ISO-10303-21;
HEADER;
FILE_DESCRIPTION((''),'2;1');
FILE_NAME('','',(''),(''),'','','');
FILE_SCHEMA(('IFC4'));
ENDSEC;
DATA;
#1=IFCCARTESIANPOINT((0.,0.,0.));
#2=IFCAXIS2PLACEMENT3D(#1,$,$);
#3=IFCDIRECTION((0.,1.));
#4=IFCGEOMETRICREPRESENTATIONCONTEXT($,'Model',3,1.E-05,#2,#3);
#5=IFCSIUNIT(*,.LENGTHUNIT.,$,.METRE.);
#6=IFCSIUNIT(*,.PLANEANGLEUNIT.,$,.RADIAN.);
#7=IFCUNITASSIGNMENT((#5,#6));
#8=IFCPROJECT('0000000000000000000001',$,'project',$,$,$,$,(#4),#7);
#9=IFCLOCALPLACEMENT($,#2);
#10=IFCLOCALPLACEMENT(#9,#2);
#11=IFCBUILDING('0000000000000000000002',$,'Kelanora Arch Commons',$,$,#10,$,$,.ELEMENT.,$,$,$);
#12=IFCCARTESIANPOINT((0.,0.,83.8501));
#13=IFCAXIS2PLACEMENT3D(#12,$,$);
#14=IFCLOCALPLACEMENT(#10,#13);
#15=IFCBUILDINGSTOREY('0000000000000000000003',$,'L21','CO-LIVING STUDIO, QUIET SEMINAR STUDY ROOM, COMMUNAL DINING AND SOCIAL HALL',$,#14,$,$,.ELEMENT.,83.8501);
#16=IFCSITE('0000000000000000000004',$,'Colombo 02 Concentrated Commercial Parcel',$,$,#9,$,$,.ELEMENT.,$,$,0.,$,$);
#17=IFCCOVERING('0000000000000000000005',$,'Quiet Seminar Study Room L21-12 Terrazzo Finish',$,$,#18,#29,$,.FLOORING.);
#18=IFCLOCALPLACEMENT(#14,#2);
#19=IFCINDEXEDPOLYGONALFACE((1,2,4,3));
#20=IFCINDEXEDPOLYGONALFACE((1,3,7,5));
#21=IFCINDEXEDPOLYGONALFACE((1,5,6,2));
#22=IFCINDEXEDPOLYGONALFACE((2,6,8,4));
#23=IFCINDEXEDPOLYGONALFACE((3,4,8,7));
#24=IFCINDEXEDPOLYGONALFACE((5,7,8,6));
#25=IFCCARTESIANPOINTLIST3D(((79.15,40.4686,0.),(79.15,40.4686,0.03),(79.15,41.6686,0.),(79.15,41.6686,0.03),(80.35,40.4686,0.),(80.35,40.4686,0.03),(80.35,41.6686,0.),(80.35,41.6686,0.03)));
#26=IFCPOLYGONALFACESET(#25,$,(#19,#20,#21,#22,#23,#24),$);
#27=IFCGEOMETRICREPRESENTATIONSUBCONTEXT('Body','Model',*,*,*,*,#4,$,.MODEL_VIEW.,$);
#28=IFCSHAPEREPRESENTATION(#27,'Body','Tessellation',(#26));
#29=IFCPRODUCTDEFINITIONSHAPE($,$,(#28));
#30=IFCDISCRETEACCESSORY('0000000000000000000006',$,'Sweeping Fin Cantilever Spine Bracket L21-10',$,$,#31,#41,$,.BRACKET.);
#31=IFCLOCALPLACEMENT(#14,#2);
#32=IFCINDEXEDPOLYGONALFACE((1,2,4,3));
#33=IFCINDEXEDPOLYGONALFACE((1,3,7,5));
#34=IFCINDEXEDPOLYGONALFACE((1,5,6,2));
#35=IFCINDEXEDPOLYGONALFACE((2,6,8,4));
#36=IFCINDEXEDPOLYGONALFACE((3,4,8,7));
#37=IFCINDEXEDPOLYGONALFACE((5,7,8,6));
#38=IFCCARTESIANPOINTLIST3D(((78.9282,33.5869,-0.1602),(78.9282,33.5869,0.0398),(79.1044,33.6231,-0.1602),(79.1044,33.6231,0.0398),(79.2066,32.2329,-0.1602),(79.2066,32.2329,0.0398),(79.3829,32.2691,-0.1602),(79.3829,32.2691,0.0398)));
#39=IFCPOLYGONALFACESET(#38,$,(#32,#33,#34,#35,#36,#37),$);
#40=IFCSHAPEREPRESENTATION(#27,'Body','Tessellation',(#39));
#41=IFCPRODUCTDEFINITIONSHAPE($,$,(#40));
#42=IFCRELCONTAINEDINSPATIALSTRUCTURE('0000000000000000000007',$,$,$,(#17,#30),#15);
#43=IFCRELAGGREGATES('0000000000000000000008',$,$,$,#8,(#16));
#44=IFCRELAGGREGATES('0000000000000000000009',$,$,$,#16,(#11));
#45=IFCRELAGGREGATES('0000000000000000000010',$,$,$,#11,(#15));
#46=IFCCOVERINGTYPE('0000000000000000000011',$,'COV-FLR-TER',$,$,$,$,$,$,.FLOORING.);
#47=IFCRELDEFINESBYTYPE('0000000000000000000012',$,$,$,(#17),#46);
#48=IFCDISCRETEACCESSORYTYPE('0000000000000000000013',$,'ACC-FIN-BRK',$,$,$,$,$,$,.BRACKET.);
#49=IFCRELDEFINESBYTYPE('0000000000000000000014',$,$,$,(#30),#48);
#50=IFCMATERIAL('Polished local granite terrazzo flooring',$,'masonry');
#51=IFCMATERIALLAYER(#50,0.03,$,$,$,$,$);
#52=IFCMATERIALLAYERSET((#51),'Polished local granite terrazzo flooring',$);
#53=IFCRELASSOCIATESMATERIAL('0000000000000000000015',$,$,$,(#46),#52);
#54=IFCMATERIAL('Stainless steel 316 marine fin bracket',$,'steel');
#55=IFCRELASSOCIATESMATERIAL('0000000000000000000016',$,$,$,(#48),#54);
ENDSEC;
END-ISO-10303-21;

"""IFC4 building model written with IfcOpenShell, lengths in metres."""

from ifc_helpers import new_model, si_unit, direction, frame, origin, origin_2d, place, context, subcontext, project, spatial, rectangle, extrude, source, transform, mapped, material, layer, layer_set, type_object, element, save


model = new_model("IFC4")

# Units and contexts
model_context = context("Model", 3, precision=1e-05, world=origin(), true_north=direction((0.0, 1.0)))
body_context = subcontext(model_context, "Body", "Model", "MODEL_VIEW")
ifc_project = project(units=[si_unit("LENGTHUNIT", "METRE"), si_unit("PLANEANGLEUNIT", "RADIAN")], contexts=[model_context])

# Site, building, storey
site_placement = place(None, origin())
site = spatial("IfcSite", under=ifc_project, at=site_placement, Name="Colombo 02 Concentrated Commercial Parcel", CompositionType="ELEMENT", RefElevation=0.0)
building_placement = place(site_placement, origin())
building = spatial("IfcBuilding", under=site, at=building_placement, Name="Kelanora Arch Commons", CompositionType="ELEMENT")
storey_placement = place(building_placement, frame((0.0, 0.0, 83.8501)))
storey = spatial("IfcBuildingStorey", under=building, at=storey_placement, Name="L21", Description="CO-LIVING STUDIO, QUIET SEMINAR STUDY ROOM, COMMUNAL DINING AND SOCIAL HALL", CompositionType="ELEMENT", Elevation=83.8501)

# Covering
ifc_material_1 = material(Name="Polished local granite terrazzo flooring", Category="masonry")
ifc_layer_1 = layer(ifc_material_1, 0.03)
ifc_layer_set_1 = layer_set([ifc_layer_1], Name="Polished local granite terrazzo flooring")
covering_type = type_object("IfcCoveringType", Name="COV-FLR-TER", PredefinedType="FLOORING", material=ifc_layer_set_1)
shared_shape_1 = source(origin(), body_context, "Body", "SweptSolid", [
    extrude(rectangle(XDim=1.2, YDim=1.2, at=origin_2d()), origin(), (0.0, 0.0, 1.0), 0.03),
])
covering_placement = place(storey_placement, frame((79.75, 41.0686, 0.0), z_axis=(0.0, 0.0, 1.0), x_axis=(1.0, 0.0, 0.0)))
element("IfcCovering", 1, at=covering_placement, inside=storey, type_object=covering_type, Name="Quiet Seminar Study Room L21-12 Terrazzo Finish", PredefinedType="FLOORING", context=body_context, shape_type="MappedRepresentation", body=[
    mapped(shared_shape_1, transform((0.0, 0.0, 0.0), scale=1.0)),
])

# Discrete accessory
ifc_material_2 = material(Name="Stainless steel 316 marine fin bracket", Category="steel")
discrete_accessory_type = type_object("IfcDiscreteAccessoryType", Name="ACC-FIN-BRK", PredefinedType="BRACKET", material=ifc_material_2)
shared_shape_2 = source(origin(), body_context, "Body", "SweptSolid", [
    extrude(rectangle(XDim=1.3823, YDim=0.1799, at=origin_2d()), origin(), (0.0, 0.0, 1.0), 0.2),
])
discrete_accessory_placement = place(storey_placement, frame((79.1555, 32.928, -0.1602), z_axis=(0.0, 0.0, 1.0), x_axis=(0.20142, -0.979505, 0.0)))
element("IfcDiscreteAccessory", 2, at=discrete_accessory_placement, inside=storey, type_object=discrete_accessory_type, Name="Sweeping Fin Cantilever Spine Bracket L21-10", PredefinedType="BRACKET", context=body_context, shape_type="MappedRepresentation", body=[
    mapped(shared_shape_2, transform((0.0, 0.0, 0.0), scale=1.0)),
])

save(model, "model.ifc")
